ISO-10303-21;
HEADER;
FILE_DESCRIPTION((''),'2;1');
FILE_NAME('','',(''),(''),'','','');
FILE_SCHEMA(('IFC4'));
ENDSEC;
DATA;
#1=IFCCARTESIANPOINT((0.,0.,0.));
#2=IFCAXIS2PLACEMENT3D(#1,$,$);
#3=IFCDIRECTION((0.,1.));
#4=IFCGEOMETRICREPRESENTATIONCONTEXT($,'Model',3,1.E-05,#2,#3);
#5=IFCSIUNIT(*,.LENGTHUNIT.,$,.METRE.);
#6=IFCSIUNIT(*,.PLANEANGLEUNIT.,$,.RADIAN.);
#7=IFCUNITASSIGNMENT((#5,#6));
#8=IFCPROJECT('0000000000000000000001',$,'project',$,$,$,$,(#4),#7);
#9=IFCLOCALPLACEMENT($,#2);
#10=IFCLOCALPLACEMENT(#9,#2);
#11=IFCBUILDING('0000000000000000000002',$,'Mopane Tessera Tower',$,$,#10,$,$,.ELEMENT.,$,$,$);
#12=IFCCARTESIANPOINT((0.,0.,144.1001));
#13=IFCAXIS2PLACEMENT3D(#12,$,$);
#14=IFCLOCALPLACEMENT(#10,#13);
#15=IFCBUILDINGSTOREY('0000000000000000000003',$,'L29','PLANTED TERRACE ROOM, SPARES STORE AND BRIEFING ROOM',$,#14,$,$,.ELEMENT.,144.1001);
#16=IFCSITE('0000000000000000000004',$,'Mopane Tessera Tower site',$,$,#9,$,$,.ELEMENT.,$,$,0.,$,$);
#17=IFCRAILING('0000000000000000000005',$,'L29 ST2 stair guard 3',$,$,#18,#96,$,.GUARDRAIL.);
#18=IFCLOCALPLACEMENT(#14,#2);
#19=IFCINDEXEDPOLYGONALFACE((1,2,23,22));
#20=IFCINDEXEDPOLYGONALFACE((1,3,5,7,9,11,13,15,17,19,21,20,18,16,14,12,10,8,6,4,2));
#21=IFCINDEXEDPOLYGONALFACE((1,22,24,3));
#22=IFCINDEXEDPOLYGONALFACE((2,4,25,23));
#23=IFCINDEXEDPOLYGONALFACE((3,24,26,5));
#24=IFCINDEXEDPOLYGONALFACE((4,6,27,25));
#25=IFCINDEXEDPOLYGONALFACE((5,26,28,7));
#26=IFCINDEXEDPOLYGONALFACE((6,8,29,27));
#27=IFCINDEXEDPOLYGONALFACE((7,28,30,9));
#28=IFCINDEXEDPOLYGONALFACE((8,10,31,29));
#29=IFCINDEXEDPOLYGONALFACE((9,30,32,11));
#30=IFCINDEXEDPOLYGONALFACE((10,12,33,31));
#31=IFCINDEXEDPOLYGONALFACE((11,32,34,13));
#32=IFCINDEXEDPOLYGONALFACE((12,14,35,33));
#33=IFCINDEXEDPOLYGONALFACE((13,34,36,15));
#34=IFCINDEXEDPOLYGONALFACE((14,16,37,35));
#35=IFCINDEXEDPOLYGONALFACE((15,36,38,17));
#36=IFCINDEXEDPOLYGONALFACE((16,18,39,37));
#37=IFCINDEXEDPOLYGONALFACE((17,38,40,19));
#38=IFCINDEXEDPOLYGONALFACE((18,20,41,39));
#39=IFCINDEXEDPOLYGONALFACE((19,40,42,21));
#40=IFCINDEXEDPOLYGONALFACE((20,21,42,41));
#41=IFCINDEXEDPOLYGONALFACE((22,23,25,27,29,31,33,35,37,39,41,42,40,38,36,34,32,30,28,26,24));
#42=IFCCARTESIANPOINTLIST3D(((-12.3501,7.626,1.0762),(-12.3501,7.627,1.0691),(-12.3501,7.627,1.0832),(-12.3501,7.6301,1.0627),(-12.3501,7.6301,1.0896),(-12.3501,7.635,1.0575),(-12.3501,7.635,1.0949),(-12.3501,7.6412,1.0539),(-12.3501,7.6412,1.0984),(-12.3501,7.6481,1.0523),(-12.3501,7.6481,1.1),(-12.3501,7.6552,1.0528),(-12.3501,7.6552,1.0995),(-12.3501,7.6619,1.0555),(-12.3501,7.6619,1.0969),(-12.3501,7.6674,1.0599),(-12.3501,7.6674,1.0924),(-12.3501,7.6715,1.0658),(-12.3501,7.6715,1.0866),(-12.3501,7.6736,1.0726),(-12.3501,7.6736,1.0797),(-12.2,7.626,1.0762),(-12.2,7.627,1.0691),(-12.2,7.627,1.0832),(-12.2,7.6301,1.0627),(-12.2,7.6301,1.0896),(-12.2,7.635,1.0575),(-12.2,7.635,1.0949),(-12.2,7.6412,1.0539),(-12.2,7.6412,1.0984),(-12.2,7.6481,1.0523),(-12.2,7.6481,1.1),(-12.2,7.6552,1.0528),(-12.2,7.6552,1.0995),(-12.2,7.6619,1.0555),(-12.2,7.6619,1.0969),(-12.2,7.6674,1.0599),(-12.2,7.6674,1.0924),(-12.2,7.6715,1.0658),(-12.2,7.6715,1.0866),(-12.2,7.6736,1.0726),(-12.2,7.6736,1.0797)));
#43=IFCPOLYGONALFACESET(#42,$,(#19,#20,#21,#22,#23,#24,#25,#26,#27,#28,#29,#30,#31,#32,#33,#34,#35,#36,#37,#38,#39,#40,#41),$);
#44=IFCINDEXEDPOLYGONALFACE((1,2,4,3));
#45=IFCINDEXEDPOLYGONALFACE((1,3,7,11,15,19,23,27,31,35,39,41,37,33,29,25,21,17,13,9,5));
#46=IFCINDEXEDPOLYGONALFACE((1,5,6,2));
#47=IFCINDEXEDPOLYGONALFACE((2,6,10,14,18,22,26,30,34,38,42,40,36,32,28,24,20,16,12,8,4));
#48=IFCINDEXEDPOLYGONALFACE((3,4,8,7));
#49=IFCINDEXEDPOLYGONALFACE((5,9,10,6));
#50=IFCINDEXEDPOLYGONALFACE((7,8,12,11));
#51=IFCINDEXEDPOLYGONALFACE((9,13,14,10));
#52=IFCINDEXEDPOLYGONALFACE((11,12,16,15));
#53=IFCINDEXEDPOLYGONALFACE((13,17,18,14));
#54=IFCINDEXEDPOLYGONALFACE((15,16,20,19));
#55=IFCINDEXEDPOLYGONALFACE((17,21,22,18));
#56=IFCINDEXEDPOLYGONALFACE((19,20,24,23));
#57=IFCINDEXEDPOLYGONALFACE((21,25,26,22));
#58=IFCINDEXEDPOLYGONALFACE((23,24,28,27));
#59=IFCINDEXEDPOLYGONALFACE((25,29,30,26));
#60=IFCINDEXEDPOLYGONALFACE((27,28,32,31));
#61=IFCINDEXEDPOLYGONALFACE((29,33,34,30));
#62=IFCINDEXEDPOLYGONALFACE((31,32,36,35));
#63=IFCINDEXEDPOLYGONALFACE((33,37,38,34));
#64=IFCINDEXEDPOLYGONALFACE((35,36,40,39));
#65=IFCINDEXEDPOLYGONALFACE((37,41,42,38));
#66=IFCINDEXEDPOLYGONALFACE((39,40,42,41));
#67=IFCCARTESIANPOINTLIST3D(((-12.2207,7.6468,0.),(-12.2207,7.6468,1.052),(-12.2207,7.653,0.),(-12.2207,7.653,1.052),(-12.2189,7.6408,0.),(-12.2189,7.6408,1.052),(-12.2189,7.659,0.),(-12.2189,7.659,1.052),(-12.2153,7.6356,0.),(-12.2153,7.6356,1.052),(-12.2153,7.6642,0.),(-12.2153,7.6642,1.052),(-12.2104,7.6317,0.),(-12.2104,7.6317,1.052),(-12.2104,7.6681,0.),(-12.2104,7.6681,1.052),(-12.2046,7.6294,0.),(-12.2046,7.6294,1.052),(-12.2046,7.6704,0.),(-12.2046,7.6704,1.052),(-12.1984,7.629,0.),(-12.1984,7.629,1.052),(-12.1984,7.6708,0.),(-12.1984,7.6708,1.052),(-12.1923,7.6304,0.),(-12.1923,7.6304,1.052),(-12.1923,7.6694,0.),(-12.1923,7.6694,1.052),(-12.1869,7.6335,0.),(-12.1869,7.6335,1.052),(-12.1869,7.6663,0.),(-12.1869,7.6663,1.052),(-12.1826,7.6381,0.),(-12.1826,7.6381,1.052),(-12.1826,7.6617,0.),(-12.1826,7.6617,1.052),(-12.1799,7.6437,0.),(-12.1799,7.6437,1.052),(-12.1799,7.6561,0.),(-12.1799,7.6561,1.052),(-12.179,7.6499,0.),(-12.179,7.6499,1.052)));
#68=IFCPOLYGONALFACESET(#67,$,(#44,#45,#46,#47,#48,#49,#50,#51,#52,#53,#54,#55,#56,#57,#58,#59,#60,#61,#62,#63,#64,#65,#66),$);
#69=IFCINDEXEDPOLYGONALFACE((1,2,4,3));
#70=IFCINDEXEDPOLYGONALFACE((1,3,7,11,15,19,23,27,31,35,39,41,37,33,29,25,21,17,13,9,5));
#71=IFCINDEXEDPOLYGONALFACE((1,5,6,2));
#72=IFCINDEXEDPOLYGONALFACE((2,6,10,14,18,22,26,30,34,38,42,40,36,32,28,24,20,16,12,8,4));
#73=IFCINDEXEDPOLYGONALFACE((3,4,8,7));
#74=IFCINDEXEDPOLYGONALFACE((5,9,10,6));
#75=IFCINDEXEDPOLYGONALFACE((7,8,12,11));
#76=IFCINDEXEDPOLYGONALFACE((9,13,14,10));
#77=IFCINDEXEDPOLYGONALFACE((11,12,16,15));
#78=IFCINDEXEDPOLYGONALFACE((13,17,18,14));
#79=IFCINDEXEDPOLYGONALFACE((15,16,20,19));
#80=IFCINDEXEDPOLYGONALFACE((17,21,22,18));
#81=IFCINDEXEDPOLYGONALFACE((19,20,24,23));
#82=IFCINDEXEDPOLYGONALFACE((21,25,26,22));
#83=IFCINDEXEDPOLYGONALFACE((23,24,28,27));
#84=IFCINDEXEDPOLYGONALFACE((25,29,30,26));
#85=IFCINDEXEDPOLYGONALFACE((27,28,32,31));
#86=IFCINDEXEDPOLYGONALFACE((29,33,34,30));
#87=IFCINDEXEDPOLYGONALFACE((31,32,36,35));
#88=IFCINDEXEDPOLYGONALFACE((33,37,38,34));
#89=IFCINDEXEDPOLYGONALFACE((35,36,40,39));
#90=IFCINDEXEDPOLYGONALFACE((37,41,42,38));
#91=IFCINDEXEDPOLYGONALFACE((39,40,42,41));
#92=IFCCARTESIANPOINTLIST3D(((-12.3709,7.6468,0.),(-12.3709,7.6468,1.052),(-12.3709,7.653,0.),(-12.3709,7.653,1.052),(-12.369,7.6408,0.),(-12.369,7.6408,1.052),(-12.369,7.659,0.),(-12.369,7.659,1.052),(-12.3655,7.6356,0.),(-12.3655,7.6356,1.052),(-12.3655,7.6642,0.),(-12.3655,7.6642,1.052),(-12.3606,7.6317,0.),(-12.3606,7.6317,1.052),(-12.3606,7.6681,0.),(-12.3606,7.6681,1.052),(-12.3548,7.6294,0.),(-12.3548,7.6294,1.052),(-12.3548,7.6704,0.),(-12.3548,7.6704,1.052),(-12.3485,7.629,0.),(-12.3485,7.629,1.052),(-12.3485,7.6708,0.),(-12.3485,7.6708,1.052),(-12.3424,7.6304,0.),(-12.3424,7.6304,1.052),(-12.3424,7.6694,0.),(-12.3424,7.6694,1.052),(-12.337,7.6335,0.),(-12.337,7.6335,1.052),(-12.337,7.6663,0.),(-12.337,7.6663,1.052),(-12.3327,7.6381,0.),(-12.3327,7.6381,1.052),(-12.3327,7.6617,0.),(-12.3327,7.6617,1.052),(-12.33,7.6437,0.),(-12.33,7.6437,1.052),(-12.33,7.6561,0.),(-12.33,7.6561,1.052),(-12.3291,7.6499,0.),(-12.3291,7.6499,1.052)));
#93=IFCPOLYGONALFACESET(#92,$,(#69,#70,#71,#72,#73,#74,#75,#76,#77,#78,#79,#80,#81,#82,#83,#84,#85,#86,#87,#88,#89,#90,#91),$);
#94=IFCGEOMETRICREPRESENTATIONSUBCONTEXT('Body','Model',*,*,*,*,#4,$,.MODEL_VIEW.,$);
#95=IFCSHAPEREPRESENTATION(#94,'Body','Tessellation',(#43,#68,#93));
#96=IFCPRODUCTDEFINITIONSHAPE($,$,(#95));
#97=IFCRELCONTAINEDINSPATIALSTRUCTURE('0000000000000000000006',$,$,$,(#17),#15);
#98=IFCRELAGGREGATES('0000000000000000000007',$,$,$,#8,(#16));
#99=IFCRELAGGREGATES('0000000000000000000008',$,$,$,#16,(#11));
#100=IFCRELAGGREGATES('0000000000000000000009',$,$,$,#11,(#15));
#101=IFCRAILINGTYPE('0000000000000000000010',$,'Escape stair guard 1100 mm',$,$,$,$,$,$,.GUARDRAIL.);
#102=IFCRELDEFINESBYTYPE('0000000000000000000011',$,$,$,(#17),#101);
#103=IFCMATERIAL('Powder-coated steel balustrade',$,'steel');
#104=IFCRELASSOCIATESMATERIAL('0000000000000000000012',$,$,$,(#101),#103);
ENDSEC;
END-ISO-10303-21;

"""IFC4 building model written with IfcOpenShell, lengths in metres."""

from ifc_helpers import new_model, si_unit, direction, frame, origin, origin_2d, place, context, subcontext, project, spatial, circle, extrude, material, type_object, element, save


model = new_model("IFC4")

# Units and contexts
model_context = context("Model", 3, precision=1e-05, world=origin(), true_north=direction((0.0, 1.0)))
body_context = subcontext(model_context, "Body", "Model", "MODEL_VIEW")
ifc_project = project(units=[si_unit("LENGTHUNIT", "METRE"), si_unit("PLANEANGLEUNIT", "RADIAN")], contexts=[model_context])

# Site, building, storey
site_placement = place(None, origin())
site = spatial("IfcSite", under=ifc_project, at=site_placement, Name="Mopane Tessera Tower site", CompositionType="ELEMENT", RefElevation=0.0)
building_placement = place(site_placement, origin())
building = spatial("IfcBuilding", under=site, at=building_placement, Name="Mopane Tessera Tower", CompositionType="ELEMENT")
storey_placement = place(building_placement, frame((0.0, 0.0, 144.1001)))
storey = spatial("IfcBuildingStorey", under=building, at=storey_placement, Name="L29", Description="PLANTED TERRACE ROOM, SPARES STORE AND BRIEFING ROOM", CompositionType="ELEMENT", Elevation=144.1001)

# Railing
ifc_material_1 = material(Name="Powder-coated steel balustrade", Category="steel")
railing_type = type_object("IfcRailingType", Name="Escape stair guard 1100 mm", PredefinedType="GUARDRAIL", material=ifc_material_1)
railing_1_placement = place(storey_placement, frame((-12.2, 7.6499, 0.0)))
element("IfcRailing", 1, at=railing_1_placement, inside=storey, type_object=railing_type, Name="L29 ST2 stair guard 3", PredefinedType="GUARDRAIL", context=body_context, shape_type="SweptSolid", body=[
    extrude(circle(Radius=0.0239, at=origin_2d()), frame((0.0, 0.0, 1.0762), z_axis=(-1.0, 0.0, 0.0), x_axis=(0.0, -1.0, 0.0)), (0.0, 0.0, 1.0), 0.1501),
    extrude(circle(Radius=0.021, at=origin_2d()), origin(), (0.0, 0.0, 1.0), 1.052),
    extrude(circle(Radius=0.021, at=origin_2d()), frame((-0.1501, 0.0, 0.0)), (0.0, 0.0, 1.0), 1.052),
])

save(model, "model.ifc")
